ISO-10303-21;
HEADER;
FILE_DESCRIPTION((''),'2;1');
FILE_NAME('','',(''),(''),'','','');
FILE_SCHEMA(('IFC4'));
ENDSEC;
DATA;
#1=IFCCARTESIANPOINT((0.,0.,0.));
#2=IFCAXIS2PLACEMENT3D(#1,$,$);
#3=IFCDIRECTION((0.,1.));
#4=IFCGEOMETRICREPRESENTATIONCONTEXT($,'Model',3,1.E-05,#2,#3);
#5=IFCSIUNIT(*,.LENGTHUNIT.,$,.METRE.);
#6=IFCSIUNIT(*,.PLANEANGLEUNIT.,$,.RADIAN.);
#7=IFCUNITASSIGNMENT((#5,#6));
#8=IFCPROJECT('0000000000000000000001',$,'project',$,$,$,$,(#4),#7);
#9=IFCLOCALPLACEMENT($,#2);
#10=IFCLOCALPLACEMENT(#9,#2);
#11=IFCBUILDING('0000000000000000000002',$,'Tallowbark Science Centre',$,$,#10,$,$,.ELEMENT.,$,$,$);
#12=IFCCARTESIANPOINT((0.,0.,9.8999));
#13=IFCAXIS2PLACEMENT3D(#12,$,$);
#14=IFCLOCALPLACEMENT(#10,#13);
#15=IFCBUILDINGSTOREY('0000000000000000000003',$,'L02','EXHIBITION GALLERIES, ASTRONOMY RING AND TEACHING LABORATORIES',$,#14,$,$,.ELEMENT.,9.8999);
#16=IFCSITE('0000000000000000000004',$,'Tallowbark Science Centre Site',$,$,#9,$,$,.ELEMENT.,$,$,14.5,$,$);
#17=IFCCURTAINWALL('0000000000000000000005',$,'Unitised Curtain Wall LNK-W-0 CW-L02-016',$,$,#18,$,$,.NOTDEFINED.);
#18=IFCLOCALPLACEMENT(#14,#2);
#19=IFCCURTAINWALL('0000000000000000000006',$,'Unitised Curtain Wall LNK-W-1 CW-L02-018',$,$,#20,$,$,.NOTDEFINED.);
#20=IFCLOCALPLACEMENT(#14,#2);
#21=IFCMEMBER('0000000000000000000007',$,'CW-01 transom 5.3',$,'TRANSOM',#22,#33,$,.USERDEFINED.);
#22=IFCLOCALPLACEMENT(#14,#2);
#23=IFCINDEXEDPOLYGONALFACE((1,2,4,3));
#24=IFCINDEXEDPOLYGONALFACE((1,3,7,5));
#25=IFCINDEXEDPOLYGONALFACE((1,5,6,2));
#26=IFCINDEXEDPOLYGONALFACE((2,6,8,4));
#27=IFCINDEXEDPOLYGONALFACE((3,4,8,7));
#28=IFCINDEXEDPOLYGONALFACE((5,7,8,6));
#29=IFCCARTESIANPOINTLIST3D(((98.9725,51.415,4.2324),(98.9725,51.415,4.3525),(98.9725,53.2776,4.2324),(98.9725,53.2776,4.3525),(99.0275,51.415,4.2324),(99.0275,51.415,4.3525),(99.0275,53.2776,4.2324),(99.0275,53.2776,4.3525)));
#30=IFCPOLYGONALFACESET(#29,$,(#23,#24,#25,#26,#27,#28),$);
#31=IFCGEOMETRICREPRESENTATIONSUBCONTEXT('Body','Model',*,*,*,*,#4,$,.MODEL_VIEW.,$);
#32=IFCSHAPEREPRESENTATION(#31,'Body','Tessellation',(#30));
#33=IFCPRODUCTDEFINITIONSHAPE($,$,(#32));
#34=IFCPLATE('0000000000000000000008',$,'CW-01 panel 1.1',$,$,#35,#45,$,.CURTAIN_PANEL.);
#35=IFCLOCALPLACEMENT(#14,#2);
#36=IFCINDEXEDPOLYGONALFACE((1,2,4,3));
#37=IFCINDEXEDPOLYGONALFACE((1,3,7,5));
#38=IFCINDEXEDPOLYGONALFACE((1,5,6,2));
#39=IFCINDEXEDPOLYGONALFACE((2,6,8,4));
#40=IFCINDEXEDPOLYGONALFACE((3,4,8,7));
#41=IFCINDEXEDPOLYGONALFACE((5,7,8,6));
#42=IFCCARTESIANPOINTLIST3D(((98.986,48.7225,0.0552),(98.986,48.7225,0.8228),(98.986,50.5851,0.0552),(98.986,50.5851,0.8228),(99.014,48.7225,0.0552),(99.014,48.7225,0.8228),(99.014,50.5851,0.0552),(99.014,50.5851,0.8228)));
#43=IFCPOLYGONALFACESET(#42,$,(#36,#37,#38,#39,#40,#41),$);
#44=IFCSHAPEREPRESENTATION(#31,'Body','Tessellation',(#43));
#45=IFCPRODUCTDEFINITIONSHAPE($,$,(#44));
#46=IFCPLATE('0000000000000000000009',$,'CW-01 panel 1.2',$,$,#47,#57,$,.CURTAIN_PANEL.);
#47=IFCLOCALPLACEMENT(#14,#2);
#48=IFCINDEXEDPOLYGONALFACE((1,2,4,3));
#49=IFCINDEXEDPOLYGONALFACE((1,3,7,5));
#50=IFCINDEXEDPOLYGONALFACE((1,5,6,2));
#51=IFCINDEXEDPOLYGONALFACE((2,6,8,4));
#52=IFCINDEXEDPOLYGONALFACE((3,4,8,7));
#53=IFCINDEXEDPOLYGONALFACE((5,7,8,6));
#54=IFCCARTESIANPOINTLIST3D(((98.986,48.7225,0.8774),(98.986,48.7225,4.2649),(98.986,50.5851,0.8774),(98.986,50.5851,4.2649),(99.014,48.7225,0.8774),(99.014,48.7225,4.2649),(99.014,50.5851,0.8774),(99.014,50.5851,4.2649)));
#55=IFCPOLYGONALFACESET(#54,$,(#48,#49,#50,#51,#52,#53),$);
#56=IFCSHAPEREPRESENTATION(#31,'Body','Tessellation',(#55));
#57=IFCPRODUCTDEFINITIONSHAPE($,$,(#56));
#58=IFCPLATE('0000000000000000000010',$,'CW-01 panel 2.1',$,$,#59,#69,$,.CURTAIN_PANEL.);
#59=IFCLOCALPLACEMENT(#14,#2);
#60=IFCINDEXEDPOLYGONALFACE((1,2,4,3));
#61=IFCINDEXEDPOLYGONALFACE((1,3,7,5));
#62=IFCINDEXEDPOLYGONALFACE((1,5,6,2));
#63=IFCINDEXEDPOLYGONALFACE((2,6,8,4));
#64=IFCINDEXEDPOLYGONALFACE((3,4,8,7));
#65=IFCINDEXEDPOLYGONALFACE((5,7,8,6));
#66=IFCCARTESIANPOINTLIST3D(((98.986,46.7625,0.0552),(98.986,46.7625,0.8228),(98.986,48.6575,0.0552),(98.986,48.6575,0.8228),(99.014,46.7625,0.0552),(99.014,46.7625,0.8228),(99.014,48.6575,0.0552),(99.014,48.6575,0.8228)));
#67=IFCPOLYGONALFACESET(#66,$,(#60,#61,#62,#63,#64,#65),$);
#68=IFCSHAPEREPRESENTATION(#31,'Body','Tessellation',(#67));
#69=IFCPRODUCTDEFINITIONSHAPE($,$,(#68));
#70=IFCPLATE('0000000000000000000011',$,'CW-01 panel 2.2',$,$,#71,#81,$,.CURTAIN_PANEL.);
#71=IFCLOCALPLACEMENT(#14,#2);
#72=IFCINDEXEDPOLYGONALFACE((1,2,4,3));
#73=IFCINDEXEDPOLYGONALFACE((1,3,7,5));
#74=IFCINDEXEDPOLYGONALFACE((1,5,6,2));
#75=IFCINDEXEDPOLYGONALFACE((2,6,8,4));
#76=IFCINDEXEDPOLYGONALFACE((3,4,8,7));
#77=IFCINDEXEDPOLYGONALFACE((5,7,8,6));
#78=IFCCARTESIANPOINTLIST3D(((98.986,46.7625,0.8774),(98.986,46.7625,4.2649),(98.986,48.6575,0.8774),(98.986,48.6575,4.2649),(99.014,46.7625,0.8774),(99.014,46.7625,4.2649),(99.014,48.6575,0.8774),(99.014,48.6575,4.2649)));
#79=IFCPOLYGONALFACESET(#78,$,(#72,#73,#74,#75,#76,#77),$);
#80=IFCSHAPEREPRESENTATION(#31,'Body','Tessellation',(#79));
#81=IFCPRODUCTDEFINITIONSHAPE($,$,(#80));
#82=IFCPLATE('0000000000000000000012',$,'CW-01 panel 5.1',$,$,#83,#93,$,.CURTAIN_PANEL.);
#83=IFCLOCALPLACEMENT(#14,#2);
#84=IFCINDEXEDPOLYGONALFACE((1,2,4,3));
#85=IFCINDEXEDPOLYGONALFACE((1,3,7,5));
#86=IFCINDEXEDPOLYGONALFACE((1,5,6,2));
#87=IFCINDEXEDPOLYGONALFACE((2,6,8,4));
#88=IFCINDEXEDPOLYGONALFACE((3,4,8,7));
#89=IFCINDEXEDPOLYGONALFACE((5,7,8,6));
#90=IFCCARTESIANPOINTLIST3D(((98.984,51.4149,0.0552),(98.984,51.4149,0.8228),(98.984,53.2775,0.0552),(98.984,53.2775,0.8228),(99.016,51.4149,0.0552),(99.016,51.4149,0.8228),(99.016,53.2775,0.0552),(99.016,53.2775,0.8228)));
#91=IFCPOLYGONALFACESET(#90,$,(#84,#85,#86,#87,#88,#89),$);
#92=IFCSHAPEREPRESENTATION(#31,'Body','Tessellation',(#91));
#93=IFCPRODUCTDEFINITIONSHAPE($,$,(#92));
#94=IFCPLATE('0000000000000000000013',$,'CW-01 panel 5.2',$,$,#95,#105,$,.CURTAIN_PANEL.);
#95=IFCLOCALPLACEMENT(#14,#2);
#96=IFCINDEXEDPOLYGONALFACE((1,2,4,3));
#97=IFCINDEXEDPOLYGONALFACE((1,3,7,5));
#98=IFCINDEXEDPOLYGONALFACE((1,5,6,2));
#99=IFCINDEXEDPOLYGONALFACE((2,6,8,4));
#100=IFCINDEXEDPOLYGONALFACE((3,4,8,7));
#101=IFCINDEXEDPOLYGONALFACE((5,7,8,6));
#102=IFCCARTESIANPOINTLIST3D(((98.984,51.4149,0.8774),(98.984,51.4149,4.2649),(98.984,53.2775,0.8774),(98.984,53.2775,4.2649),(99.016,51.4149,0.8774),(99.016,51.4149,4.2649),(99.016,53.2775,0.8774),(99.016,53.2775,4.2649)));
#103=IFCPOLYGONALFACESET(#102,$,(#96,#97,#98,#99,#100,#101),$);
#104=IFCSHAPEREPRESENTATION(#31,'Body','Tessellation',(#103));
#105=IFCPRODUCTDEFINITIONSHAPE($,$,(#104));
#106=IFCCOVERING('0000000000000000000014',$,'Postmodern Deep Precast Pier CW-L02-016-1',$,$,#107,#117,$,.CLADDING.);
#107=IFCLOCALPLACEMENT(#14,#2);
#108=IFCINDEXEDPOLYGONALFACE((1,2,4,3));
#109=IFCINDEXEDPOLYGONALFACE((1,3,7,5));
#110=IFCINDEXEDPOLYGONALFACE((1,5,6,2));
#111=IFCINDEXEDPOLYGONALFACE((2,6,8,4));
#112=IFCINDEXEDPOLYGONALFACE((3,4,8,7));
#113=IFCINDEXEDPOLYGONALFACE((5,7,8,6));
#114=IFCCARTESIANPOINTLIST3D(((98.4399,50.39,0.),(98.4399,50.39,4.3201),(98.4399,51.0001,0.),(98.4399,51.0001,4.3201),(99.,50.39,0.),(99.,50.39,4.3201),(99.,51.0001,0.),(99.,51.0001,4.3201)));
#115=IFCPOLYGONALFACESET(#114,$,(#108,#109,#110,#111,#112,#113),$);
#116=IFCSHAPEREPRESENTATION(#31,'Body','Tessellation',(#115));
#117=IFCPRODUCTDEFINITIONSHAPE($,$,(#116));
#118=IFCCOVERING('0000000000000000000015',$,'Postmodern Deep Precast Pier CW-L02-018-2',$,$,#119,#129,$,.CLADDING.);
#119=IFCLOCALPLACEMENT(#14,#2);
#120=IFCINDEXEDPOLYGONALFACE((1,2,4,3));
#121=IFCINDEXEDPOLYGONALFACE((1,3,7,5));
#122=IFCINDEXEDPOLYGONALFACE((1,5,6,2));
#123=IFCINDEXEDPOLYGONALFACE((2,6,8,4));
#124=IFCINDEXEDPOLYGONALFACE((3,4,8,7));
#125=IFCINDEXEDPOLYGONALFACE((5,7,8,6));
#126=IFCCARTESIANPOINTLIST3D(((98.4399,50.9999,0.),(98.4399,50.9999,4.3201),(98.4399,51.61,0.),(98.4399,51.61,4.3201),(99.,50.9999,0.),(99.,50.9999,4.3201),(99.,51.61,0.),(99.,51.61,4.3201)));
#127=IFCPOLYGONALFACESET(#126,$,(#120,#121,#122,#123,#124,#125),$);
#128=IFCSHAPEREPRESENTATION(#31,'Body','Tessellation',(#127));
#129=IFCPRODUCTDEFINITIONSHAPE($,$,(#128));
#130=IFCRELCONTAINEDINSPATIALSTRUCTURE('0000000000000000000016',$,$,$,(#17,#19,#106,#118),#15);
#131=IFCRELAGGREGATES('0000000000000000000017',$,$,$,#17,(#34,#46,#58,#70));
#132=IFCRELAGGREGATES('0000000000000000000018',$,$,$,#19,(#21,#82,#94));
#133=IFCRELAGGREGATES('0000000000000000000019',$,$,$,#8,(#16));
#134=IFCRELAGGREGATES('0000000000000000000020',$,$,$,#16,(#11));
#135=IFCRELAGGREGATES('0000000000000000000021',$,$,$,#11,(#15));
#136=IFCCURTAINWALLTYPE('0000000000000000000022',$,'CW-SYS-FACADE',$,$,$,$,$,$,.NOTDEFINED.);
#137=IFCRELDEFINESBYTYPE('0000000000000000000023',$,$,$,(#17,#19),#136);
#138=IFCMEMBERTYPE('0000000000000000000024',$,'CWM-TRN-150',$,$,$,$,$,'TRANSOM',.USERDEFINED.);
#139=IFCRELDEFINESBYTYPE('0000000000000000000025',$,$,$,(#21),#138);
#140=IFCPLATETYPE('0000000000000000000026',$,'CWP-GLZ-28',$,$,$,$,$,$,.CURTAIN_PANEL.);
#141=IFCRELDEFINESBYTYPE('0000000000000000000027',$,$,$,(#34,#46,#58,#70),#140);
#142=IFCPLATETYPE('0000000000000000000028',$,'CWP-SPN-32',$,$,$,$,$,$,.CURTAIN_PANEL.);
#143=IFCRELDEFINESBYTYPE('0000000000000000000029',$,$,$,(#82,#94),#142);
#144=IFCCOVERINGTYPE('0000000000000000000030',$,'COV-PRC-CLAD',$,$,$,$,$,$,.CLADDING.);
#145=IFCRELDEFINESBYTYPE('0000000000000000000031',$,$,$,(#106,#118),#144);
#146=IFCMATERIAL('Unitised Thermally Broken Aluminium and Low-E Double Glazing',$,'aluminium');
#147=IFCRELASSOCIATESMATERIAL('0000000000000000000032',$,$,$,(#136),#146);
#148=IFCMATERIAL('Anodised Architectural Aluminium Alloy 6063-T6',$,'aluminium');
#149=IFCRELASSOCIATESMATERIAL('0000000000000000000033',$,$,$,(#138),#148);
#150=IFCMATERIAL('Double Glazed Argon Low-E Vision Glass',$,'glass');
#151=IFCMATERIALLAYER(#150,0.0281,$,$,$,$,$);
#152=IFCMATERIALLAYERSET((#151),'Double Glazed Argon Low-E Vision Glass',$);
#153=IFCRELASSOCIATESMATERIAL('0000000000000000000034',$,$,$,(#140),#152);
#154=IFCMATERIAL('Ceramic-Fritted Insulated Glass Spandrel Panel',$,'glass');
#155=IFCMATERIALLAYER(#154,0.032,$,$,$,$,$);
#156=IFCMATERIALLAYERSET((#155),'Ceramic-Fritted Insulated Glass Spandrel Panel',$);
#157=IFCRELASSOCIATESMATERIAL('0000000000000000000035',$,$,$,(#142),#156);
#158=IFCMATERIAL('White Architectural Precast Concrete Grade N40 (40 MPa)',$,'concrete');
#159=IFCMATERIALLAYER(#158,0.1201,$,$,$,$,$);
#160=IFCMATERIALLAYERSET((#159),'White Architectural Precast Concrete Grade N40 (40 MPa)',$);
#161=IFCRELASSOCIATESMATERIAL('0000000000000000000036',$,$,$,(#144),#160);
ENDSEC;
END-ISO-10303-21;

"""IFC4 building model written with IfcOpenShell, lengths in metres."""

from ifc_helpers import new_model, si_unit, direction, frame, origin, origin_2d, place, context, subcontext, project, spatial, rectangle, extrude, material, layer, layer_set, material_profile, profile_set, type_object, element, aggregate, save


model = new_model("IFC4")

# Units and contexts
model_context = context("Model", 3, precision=1e-05, world=origin(), true_north=direction((0.0, 1.0)))
body_context = subcontext(model_context, "Body", "Model", "MODEL_VIEW")
ifc_project = project(units=[si_unit("LENGTHUNIT", "METRE"), si_unit("PLANEANGLEUNIT", "RADIAN")], contexts=[model_context])

# Site, building, storey
site_placement = place(None, origin())
site = spatial("IfcSite", under=ifc_project, at=site_placement, Name="Tallowbark Science Centre Site", CompositionType="ELEMENT", RefElevation=14.5)
building_placement = place(site_placement, origin())
building = spatial("IfcBuilding", under=site, at=building_placement, Name="Tallowbark Science Centre", CompositionType="ELEMENT")
storey_placement = place(building_placement, frame((0.0, 0.0, 9.8999)))
storey = spatial("IfcBuildingStorey", under=building, at=storey_placement, Name="L02", Description="EXHIBITION GALLERIES, ASTRONOMY RING AND TEACHING LABORATORIES", CompositionType="ELEMENT", Elevation=9.8999)

# Curtain wall
ifc_material_1 = material(Name="Unitised Thermally Broken Aluminium and Low-E Double Glazing", Category="aluminium")
curtain_wall_type = type_object("IfcCurtainWallType", Name="CW-SYS-FACADE", PredefinedType="NOTDEFINED", material=ifc_material_1)
curtain_wall_1_placement = place(storey_placement, origin())
curtain_wall_1 = element("IfcCurtainWall", 1, at=curtain_wall_1_placement, inside=storey, type_object=curtain_wall_type, Name="Unitised Curtain Wall LNK-W-0 CW-L02-016", PredefinedType="NOTDEFINED")
ifc_material_2 = material(Name="Anodised Architectural Aluminium Alloy 6063-T6", Category="aluminium")

# Curtain wall
curtain_wall_2_placement = place(storey_placement, origin())
curtain_wall_2 = element("IfcCurtainWall", 2, at=curtain_wall_2_placement, inside=storey, type_object=curtain_wall_type, Name="Unitised Curtain Wall LNK-W-1 CW-L02-018", PredefinedType="NOTDEFINED")

# Member
ifc_material_profile_1 = material_profile(ifc_material_2, rectangle(XDim=0.0549, YDim=0.1201, at=origin_2d()), Name="ALU55x120")
ifc_profile_set_1 = profile_set([ifc_material_profile_1], Name="Anodised Architectural Aluminium Alloy 6063-T6")
member_type_1 = type_object("IfcMemberType", Name="CWM-TRN-150", ElementType="TRANSOM", PredefinedType="USERDEFINED", material=ifc_profile_set_1)
member_1_placement = place(storey_placement, frame((99.0, 53.2776, 4.2925), z_axis=(0.0, -1.0, 0.0), x_axis=(1.0, 0.0, 0.0)))
member_1 = element("IfcMember", 3, at=member_1_placement, type_object=member_type_1, Name="CW-01 transom 5.3", ObjectType="TRANSOM", PredefinedType="USERDEFINED", context=body_context, shape_type="SweptSolid", body=[
    extrude(rectangle(XDim=0.0549, YDim=0.1201, at=origin_2d()), origin(), (0.0, 0.0, 1.0), 1.8625),
])

# Plates
ifc_material_3 = material(Name="Double Glazed Argon Low-E Vision Glass", Category="glass")
ifc_layer_1 = layer(ifc_material_3, 0.0281)
ifc_layer_set_1 = layer_set([ifc_layer_1], Name="Double Glazed Argon Low-E Vision Glass")
plate_type_1 = type_object("IfcPlateType", Name="CWP-GLZ-28", PredefinedType="CURTAIN_PANEL", material=ifc_layer_set_1)
plate_1_placement = place(storey_placement, frame((99.0, 49.6538, 0.0552), z_axis=(0.0, 0.0, 1.0), x_axis=(0.0, -1.0, 0.0)))
plate_1 = element("IfcPlate", 4, at=plate_1_placement, type_object=plate_type_1, Name="CW-01 panel 1.1", PredefinedType="CURTAIN_PANEL", context=body_context, shape_type="SweptSolid", body=[
    extrude(rectangle(XDim=1.8625, YDim=0.0281, at=origin_2d()), origin(), (0.0, 0.0, 1.0), 0.7676),
])
plate_2_placement = place(storey_placement, frame((99.0, 49.6538, 0.8774), z_axis=(0.0, 0.0, 1.0), x_axis=(0.0, -1.0, 0.0)))
plate_2 = element("IfcPlate", 5, at=plate_2_placement, type_object=plate_type_1, Name="CW-01 panel 1.2", PredefinedType="CURTAIN_PANEL", context=body_context, shape_type="SweptSolid", body=[
    extrude(rectangle(XDim=1.8625, YDim=0.0281, at=origin_2d()), origin(), (0.0, 0.0, 1.0), 3.3875),
])
plate_3_placement = place(storey_placement, frame((99.0, 47.71, 0.0552), z_axis=(0.0, 0.0, 1.0), x_axis=(0.0, -1.0, 0.0)))
plate_3 = element("IfcPlate", 6, at=plate_3_placement, type_object=plate_type_1, Name="CW-01 panel 2.1", PredefinedType="CURTAIN_PANEL", context=body_context, shape_type="SweptSolid", body=[
    extrude(rectangle(XDim=1.895, YDim=0.0281, at=origin_2d()), origin(), (0.0, 0.0, 1.0), 0.7676),
])
plate_4_placement = place(storey_placement, frame((99.0, 47.71, 0.8774), z_axis=(0.0, 0.0, 1.0), x_axis=(0.0, -1.0, 0.0)))
plate_4 = element("IfcPlate", 7, at=plate_4_placement, type_object=plate_type_1, Name="CW-01 panel 2.2", PredefinedType="CURTAIN_PANEL", context=body_context, shape_type="SweptSolid", body=[
    extrude(rectangle(XDim=1.895, YDim=0.0281, at=origin_2d()), origin(), (0.0, 0.0, 1.0), 3.3875),
])
aggregate(curtain_wall_1, [plate_1, plate_2, plate_3, plate_4])
ifc_material_4 = material(Name="Ceramic-Fritted Insulated Glass Spandrel Panel", Category="glass")
ifc_layer_2 = layer(ifc_material_4, 0.032)
ifc_layer_set_2 = layer_set([ifc_layer_2], Name="Ceramic-Fritted Insulated Glass Spandrel Panel")
plate_type_2 = type_object("IfcPlateType", Name="CWP-SPN-32", PredefinedType="CURTAIN_PANEL", material=ifc_layer_set_2)
plate_5_placement = place(storey_placement, frame((99.0, 52.3462, 0.0552), z_axis=(0.0, 0.0, 1.0), x_axis=(0.0, -1.0, 0.0)))
plate_5 = element("IfcPlate", 8, at=plate_5_placement, type_object=plate_type_2, Name="CW-01 panel 5.1", PredefinedType="CURTAIN_PANEL", context=body_context, shape_type="SweptSolid", body=[
    extrude(rectangle(XDim=1.8625, YDim=0.032, at=origin_2d()), origin(), (0.0, 0.0, 1.0), 0.7676),
])
plate_6_placement = place(storey_placement, frame((99.0, 52.3462, 0.8774), z_axis=(0.0, 0.0, 1.0), x_axis=(0.0, -1.0, 0.0)))
plate_6 = element("IfcPlate", 9, at=plate_6_placement, type_object=plate_type_2, Name="CW-01 panel 5.2", PredefinedType="CURTAIN_PANEL", context=body_context, shape_type="SweptSolid", body=[
    extrude(rectangle(XDim=1.8625, YDim=0.032, at=origin_2d()), origin(), (0.0, 0.0, 1.0), 3.3875),
])
aggregate(curtain_wall_2, [member_1, plate_5, plate_6])

# Coverings
ifc_material_5 = material(Name="White Architectural Precast Concrete Grade N40 (40 MPa)", Category="concrete")
ifc_layer_3 = layer(ifc_material_5, 0.1201)
ifc_layer_set_3 = layer_set([ifc_layer_3], Name="White Architectural Precast Concrete Grade N40 (40 MPa)")
covering_type = type_object("IfcCoveringType", Name="COV-PRC-CLAD", PredefinedType="CLADDING", material=ifc_layer_set_3)
for number, where, z_axis, x_axis, name in (
    (10, (98.72, 50.6951, 0.0), (0.0, 0.0, 1.0), (0.0, -1.0, 0.0), "Postmodern Deep Precast Pier CW-L02-016-1"),
    (11, (98.72, 51.3049, 0.0), (0.0, 0.0, 1.0), (0.0, -1.0, 0.0), "Postmodern Deep Precast Pier CW-L02-018-2"),
):
    element("IfcCovering", number, at=place(storey_placement, frame(where, z_axis=z_axis, x_axis=x_axis)), inside=storey, type_object=covering_type, Name=name, PredefinedType="CLADDING", context=body_context, shape_type="SweptSolid", body=[
        extrude(rectangle(XDim=0.6101, YDim=0.5601, at=origin_2d()), origin(), (0.0, 0.0, 1.0), 4.3201),
    ])

save(model, "model.ifc")
